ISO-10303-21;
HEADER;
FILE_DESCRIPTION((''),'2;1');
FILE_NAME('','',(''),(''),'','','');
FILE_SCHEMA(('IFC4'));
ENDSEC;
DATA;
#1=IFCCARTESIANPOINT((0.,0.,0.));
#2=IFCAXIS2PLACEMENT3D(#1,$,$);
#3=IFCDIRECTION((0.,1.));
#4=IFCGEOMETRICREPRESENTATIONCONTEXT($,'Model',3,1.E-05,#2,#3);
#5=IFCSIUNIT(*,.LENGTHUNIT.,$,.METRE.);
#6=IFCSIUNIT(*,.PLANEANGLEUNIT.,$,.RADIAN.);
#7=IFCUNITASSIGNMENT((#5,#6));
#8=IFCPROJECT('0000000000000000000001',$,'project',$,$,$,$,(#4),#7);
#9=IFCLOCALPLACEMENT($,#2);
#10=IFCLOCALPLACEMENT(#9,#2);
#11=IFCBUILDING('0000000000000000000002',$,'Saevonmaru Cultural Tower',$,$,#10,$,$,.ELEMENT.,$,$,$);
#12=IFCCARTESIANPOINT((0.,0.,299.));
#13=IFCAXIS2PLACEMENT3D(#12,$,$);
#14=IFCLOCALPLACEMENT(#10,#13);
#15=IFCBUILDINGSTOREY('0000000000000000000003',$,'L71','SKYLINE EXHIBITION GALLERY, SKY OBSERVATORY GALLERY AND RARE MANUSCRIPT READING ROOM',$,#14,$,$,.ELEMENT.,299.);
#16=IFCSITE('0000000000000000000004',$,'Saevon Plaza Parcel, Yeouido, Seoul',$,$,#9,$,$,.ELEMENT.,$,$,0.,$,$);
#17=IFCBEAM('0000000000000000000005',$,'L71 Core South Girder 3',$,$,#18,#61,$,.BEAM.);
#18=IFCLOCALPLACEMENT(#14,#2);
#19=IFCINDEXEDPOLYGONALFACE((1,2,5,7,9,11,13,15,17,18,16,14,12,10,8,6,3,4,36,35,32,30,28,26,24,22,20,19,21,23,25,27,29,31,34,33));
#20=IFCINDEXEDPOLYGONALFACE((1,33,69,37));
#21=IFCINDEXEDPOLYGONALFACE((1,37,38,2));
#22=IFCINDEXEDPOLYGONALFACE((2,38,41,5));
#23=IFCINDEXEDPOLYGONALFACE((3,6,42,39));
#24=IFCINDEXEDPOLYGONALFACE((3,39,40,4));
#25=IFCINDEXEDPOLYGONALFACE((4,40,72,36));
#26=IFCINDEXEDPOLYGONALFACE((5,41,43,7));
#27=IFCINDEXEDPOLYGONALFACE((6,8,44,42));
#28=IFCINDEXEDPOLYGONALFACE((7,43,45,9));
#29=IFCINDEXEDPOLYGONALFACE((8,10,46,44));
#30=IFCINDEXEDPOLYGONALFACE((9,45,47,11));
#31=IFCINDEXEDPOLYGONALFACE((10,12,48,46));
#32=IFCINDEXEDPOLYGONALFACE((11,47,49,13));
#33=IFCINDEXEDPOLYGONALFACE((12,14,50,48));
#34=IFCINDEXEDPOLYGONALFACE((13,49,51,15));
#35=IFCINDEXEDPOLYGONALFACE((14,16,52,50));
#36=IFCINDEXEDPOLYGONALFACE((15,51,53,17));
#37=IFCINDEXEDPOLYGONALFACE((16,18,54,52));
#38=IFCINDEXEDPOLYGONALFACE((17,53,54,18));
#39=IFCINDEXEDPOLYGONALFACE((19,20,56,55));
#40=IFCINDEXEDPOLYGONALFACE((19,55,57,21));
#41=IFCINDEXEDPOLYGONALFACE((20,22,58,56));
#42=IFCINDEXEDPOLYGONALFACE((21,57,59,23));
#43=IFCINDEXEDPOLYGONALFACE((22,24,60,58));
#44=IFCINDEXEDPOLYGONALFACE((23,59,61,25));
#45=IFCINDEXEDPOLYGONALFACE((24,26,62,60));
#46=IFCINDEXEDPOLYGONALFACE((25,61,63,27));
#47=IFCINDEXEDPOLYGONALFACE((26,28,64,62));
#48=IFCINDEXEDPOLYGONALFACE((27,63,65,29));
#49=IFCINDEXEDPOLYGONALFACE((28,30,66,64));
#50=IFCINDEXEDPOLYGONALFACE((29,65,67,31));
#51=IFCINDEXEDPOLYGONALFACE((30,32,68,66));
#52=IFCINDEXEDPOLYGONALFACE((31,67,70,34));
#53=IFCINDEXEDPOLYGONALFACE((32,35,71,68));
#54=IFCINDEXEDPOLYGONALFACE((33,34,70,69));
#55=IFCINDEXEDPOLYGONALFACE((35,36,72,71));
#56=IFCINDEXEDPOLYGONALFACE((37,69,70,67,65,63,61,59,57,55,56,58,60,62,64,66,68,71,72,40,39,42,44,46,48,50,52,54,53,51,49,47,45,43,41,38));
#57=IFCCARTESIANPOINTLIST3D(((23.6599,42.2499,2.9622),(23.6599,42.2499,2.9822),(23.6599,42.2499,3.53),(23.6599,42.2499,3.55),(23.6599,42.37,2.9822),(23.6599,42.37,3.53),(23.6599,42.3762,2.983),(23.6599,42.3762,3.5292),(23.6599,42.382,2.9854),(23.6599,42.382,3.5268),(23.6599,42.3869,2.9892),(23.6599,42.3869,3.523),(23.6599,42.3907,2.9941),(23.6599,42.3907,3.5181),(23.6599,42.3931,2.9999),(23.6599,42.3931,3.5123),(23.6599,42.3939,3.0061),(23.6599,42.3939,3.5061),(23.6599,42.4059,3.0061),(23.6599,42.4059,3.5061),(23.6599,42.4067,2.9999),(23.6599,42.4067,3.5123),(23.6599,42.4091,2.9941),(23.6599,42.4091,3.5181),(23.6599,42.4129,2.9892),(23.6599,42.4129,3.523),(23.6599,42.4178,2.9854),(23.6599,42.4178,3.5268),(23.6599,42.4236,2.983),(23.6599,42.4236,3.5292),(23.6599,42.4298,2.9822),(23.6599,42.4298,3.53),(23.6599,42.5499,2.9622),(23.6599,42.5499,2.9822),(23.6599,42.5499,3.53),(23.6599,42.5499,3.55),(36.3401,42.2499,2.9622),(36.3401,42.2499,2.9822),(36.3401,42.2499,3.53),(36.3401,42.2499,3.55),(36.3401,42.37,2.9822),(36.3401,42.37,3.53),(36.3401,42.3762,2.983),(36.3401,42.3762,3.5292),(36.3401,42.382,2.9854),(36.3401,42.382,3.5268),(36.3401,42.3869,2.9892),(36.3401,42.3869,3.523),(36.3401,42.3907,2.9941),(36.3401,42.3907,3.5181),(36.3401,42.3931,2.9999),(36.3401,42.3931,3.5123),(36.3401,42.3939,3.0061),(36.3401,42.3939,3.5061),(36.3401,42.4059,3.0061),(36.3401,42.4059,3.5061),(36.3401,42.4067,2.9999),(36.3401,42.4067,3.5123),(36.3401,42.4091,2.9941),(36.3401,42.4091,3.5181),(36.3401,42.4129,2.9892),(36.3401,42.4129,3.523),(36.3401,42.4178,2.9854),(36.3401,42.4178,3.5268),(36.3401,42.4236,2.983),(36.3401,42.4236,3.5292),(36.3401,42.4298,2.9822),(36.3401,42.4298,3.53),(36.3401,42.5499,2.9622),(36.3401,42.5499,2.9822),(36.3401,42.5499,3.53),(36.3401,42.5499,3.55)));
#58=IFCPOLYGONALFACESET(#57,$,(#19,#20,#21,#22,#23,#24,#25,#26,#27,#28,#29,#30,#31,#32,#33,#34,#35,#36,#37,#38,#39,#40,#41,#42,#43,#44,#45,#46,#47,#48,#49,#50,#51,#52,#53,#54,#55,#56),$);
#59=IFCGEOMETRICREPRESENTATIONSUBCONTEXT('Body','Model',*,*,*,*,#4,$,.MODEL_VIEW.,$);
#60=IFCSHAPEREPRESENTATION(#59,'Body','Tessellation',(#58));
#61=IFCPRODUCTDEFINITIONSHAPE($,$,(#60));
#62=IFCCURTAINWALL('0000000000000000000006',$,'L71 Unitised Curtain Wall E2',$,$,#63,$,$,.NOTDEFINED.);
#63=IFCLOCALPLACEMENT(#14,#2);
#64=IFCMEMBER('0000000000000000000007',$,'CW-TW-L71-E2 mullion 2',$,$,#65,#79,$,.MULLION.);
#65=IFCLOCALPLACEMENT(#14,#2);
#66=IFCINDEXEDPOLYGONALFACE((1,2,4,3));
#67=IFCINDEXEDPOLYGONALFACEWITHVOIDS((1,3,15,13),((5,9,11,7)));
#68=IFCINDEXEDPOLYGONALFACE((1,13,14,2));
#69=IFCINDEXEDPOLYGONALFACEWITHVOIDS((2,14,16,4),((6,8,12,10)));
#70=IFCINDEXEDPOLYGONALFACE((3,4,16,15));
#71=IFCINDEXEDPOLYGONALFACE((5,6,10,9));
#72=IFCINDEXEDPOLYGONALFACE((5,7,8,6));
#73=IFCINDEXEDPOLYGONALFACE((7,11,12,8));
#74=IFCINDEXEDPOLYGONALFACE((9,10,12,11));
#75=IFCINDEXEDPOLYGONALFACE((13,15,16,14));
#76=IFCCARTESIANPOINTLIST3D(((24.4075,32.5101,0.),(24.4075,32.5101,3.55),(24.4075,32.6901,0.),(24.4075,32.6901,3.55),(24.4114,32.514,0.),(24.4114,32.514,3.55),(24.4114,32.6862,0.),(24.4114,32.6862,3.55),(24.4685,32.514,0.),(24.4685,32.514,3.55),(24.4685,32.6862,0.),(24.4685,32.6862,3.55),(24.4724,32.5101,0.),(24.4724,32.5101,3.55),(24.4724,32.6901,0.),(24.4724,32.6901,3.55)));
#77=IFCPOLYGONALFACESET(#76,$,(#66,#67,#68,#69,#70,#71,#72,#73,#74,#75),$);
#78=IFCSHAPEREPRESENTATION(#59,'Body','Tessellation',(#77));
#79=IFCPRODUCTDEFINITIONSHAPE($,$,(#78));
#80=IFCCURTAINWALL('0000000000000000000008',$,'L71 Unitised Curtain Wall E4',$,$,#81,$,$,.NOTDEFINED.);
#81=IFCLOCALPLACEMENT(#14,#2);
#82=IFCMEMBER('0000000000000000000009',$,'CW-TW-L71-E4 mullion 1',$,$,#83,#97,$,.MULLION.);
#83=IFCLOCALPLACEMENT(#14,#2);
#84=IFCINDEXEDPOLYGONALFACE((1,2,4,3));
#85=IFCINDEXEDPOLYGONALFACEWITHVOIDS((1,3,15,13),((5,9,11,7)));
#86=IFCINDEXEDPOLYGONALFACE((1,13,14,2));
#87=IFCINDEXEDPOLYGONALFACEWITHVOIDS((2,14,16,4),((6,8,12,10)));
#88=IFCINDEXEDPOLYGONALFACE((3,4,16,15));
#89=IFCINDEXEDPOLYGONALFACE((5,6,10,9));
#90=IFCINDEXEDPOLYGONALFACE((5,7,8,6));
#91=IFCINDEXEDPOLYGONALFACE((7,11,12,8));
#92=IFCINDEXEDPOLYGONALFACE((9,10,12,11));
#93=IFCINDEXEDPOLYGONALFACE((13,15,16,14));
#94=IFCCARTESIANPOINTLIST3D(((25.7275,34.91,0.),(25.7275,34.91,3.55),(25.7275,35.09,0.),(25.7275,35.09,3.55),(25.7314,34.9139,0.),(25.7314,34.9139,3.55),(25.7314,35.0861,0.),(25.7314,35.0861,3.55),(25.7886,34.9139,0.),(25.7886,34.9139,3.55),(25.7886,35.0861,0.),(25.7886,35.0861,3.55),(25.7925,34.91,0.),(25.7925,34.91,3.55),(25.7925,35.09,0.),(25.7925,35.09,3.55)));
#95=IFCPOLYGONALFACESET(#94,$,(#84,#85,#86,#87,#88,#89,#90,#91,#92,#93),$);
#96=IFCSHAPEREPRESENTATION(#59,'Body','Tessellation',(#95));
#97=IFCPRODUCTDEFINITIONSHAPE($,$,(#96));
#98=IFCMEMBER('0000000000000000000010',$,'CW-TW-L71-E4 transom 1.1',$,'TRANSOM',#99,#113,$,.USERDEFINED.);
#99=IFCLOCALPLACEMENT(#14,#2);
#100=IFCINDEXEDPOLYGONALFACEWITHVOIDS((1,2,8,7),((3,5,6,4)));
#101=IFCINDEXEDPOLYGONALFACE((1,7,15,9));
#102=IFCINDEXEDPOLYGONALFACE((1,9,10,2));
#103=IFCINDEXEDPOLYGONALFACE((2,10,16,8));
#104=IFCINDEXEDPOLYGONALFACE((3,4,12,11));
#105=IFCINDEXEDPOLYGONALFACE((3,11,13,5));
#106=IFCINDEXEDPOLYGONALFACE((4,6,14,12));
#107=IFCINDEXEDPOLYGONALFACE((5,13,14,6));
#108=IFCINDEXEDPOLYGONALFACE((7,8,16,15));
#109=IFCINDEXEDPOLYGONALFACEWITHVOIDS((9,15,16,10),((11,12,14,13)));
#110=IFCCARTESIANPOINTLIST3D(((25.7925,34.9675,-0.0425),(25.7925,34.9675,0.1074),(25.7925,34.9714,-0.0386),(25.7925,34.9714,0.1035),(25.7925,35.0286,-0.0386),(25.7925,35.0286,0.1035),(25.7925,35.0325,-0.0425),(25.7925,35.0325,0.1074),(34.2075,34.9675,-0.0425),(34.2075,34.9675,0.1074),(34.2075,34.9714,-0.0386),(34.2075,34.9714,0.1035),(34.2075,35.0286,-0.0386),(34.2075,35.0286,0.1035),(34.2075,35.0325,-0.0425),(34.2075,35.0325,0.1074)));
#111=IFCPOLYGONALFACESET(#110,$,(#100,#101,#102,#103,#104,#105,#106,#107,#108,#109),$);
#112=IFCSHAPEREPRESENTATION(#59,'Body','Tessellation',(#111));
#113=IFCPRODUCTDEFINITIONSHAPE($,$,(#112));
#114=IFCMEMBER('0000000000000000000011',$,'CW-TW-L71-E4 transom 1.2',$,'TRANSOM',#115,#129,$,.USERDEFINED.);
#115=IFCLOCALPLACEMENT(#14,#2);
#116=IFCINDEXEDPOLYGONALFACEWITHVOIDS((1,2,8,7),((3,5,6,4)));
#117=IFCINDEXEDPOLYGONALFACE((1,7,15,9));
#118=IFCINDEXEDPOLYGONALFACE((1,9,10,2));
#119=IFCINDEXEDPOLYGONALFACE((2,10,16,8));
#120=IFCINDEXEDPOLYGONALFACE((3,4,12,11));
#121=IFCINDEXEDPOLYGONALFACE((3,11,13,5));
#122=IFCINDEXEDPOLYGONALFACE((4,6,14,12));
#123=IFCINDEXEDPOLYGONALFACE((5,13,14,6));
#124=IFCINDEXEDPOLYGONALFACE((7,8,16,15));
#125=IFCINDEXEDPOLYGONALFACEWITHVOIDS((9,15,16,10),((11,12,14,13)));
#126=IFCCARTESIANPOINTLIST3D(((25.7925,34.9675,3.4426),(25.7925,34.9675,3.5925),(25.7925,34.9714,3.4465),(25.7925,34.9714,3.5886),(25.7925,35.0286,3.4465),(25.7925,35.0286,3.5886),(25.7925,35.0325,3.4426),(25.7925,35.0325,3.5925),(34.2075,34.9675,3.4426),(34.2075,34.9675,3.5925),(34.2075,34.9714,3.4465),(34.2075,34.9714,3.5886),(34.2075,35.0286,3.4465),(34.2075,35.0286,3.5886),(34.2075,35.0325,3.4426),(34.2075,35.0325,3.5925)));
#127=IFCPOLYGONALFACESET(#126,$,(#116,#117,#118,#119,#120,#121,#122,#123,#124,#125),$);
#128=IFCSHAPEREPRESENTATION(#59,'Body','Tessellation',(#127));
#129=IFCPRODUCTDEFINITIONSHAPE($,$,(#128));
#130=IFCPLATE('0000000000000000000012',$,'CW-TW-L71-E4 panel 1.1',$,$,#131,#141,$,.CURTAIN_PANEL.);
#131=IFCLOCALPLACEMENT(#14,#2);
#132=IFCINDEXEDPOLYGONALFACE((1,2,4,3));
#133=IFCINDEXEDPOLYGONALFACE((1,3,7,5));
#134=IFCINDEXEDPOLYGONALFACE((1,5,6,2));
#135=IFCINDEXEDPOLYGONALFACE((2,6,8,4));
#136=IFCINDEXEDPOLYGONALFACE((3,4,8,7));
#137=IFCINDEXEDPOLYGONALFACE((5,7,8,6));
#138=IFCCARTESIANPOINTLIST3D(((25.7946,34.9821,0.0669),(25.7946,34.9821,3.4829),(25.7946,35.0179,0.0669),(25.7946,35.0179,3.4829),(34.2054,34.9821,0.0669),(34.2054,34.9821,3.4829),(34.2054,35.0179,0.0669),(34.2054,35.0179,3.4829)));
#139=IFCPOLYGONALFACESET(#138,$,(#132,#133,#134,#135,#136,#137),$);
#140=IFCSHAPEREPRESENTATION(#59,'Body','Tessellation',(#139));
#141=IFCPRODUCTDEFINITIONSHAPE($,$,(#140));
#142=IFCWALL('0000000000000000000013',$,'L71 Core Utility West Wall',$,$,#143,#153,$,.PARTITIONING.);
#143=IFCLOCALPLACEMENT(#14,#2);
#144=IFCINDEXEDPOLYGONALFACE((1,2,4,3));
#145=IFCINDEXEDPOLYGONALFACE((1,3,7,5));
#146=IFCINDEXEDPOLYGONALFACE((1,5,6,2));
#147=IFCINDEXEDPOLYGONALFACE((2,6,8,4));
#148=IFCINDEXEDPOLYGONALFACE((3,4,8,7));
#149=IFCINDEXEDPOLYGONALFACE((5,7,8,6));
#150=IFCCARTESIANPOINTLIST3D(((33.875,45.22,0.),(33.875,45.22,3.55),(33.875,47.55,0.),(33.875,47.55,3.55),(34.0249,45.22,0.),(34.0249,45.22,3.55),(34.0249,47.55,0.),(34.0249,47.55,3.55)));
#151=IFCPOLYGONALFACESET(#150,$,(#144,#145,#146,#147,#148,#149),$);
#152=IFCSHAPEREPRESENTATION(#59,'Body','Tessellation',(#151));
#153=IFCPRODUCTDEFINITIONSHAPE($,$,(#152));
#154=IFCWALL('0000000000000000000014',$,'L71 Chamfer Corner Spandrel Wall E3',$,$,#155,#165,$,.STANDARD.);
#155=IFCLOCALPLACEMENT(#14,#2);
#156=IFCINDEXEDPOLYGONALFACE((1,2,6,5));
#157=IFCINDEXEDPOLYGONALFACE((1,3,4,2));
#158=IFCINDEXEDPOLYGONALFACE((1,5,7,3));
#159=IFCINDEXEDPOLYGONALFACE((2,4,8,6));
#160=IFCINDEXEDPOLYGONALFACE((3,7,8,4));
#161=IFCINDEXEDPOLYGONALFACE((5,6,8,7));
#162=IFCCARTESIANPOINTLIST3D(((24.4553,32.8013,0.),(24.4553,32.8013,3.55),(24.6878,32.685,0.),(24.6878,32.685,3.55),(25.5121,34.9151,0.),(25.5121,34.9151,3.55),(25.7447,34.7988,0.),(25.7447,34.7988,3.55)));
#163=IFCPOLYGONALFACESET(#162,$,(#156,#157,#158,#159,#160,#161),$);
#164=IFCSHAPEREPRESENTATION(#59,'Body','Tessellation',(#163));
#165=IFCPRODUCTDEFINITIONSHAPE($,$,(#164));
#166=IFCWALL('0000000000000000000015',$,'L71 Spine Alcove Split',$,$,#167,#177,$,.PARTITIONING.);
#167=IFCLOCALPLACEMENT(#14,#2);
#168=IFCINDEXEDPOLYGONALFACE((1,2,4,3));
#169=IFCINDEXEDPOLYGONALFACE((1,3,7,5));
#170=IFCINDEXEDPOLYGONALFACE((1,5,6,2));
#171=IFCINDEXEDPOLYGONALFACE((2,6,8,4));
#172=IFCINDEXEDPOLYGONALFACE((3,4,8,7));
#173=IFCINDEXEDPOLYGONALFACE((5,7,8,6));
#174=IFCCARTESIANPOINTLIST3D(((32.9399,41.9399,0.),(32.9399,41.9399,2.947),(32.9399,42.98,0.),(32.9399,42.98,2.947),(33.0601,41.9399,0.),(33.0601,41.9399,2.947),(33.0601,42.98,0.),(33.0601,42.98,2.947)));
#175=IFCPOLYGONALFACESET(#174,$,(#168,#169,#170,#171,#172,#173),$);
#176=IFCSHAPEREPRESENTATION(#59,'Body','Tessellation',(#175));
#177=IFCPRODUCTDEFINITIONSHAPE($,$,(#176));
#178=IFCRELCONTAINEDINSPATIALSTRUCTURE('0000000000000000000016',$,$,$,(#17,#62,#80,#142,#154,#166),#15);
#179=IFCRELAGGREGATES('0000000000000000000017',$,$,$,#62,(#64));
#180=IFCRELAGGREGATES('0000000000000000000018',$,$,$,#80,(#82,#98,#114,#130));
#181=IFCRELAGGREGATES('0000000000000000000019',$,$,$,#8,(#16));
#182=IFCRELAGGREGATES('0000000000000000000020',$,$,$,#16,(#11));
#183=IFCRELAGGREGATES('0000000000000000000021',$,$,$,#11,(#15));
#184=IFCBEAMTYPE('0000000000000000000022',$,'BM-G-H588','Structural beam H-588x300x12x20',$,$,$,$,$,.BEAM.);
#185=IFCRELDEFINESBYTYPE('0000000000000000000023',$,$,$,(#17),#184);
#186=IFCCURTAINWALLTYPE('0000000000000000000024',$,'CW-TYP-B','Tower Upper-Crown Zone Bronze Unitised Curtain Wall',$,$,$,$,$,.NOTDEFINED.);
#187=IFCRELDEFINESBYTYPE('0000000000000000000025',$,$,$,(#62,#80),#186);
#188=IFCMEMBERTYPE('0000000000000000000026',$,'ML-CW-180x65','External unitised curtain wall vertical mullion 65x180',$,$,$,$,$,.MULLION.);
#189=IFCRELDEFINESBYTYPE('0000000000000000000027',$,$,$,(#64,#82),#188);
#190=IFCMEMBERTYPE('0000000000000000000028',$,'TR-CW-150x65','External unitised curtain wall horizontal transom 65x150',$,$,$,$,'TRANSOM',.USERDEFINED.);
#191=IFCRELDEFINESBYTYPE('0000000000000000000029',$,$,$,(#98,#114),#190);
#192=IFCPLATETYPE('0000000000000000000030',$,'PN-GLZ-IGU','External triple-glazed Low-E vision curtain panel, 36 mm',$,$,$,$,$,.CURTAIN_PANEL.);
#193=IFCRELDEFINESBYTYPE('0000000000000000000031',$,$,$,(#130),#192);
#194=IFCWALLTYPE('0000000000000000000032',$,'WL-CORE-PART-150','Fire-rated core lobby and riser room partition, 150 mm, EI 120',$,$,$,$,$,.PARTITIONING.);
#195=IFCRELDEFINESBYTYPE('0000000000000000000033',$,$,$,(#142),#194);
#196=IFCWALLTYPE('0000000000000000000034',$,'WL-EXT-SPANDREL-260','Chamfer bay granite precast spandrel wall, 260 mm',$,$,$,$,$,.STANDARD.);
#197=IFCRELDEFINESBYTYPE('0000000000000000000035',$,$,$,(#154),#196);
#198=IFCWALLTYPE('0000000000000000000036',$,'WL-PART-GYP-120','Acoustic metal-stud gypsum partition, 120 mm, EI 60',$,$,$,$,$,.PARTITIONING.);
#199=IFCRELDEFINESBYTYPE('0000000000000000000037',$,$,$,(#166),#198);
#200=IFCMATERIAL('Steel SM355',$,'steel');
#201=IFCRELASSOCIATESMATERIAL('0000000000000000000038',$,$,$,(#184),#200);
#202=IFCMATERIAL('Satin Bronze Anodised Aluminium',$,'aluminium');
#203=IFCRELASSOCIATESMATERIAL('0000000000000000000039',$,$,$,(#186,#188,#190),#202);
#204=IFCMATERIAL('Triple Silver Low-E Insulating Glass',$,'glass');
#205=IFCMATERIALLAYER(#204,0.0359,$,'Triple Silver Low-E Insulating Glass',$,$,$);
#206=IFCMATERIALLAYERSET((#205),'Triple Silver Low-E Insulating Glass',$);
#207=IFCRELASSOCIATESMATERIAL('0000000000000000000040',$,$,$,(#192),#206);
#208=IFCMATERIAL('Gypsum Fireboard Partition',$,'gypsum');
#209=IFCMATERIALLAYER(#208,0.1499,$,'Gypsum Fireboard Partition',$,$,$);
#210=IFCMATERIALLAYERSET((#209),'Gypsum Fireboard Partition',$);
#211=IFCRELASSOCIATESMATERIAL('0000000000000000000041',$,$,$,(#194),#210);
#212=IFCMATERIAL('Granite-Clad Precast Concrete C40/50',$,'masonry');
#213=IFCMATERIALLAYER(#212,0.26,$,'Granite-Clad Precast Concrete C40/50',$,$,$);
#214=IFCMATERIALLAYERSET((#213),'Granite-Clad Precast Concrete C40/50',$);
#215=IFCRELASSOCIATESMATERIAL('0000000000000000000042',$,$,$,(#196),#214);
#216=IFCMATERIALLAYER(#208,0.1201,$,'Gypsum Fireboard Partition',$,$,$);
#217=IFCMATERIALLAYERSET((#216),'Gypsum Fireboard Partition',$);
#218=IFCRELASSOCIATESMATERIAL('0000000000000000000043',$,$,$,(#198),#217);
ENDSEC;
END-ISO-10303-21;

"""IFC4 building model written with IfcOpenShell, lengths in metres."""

from ifc_helpers import new_model, si_unit, direction, frame, frame_2d, origin, origin_2d, place, context, subcontext, project, spatial, rectangle, hollow_rectangle, i_section, extrude, material, layer, layer_set, material_profile, profile_set, type_object, element, aggregate, save


model = new_model("IFC4")

# Units and contexts
model_context = context("Model", 3, precision=1e-05, world=origin(), true_north=direction((0.0, 1.0)))
body_context = subcontext(model_context, "Body", "Model", "MODEL_VIEW")
ifc_project = project(units=[si_unit("LENGTHUNIT", "METRE"), si_unit("PLANEANGLEUNIT", "RADIAN")], contexts=[model_context])

# Site, building, storey
site_placement = place(None, origin())
site = spatial("IfcSite", under=ifc_project, at=site_placement, Name="Saevon Plaza Parcel, Yeouido, Seoul", CompositionType="ELEMENT", RefElevation=0.0)
building_placement = place(site_placement, origin())
building = spatial("IfcBuilding", under=site, at=building_placement, Name="Saevonmaru Cultural Tower", CompositionType="ELEMENT")
storey_placement = place(building_placement, frame((0.0, 0.0, 299.0)))
storey = spatial("IfcBuildingStorey", under=building, at=storey_placement, Name="L71", Description="SKYLINE EXHIBITION GALLERY, SKY OBSERVATORY GALLERY AND RARE MANUSCRIPT READING ROOM", CompositionType="ELEMENT", Elevation=299.0)

# Beam
ifc_material_1 = material(Name="Steel SM355", Category="steel")
ifc_material_profile_1 = material_profile(ifc_material_1, i_section(OverallWidth=0.3, OverallDepth=0.5879, WebThickness=0.012, FlangeThickness=0.02, FilletRadius=0.0239, at=origin_2d()), Name="H-588x300x12x20")
ifc_profile_set_1 = profile_set([ifc_material_profile_1], Name="Steel SM355")
beam_type = type_object("IfcBeamType", Name="BM-G-H588", Description="Structural beam H-588x300x12x20", PredefinedType="BEAM", material=ifc_profile_set_1)
beam_placement = place(storey_placement, frame((23.6599, 42.3999, 3.2561), z_axis=(1.0, 0.0, 0.0), x_axis=(0.0, 1.0, 0.0)))
element("IfcBeam", 1, at=beam_placement, inside=storey, type_object=beam_type, Name="L71 Core South Girder 3", PredefinedType="BEAM", context=body_context, shape_type="SweptSolid", body=[
    extrude(i_section(OverallWidth=0.3, OverallDepth=0.5879, WebThickness=0.012, FlangeThickness=0.02, FilletRadius=0.0239, at=origin_2d()), origin(), (0.0, 0.0, 1.0), 12.6802),
])

# Curtain wall, member
ifc_material_2 = material(Name="Satin Bronze Anodised Aluminium", Category="aluminium")
curtain_wall_type = type_object("IfcCurtainWallType", Name="CW-TYP-B", Description="Tower Upper-Crown Zone Bronze Unitised Curtain Wall", PredefinedType="NOTDEFINED", material=ifc_material_2)
curtain_wall_1_placement = place(storey_placement, origin())
curtain_wall_1 = element("IfcCurtainWall", 2, at=curtain_wall_1_placement, inside=storey, type_object=curtain_wall_type, Name="L71 Unitised Curtain Wall E2", PredefinedType="NOTDEFINED")
ifc_material_profile_2 = material_profile(ifc_material_2, hollow_rectangle(XDim=0.0649, YDim=0.1799, WallThickness=0.0039, at=origin_2d()), Name="ALU-MULL-180x65x4")
ifc_profile_set_2 = profile_set([ifc_material_profile_2], Name="Satin Bronze Anodised Aluminium")
member_type_1 = type_object("IfcMemberType", Name="ML-CW-180x65", Description="External unitised curtain wall vertical mullion 65x180", PredefinedType="MULLION", material=ifc_profile_set_2)
member_1_placement = place(storey_placement, frame((24.4399, 32.6001, 0.0), z_axis=(0.0, 0.0, 1.0), x_axis=(1.0, 0.0, 0.0)))
member_1 = element("IfcMember", 3, at=member_1_placement, type_object=member_type_1, Name="CW-TW-L71-E2 mullion 2", PredefinedType="MULLION", context=body_context, shape_type="SweptSolid", body=[
    extrude(hollow_rectangle(XDim=0.0649, YDim=0.1799, WallThickness=0.0039, at=origin_2d()), origin(), (0.0, 0.0, 1.0), 3.55),
])
aggregate(curtain_wall_1, [member_1])

# Curtain wall, members, plate
curtain_wall_2_placement = place(storey_placement, origin())
curtain_wall_2 = element("IfcCurtainWall", 4, at=curtain_wall_2_placement, inside=storey, type_object=curtain_wall_type, Name="L71 Unitised Curtain Wall E4", PredefinedType="NOTDEFINED")
member_2_placement = place(storey_placement, frame((25.76, 35.0, 0.0), z_axis=(0.0, 0.0, 1.0), x_axis=(1.0, 0.0, 0.0)))
member_2 = element("IfcMember", 5, at=member_2_placement, type_object=member_type_1, Name="CW-TW-L71-E4 mullion 1", PredefinedType="MULLION", context=body_context, shape_type="SweptSolid", body=[
    extrude(hollow_rectangle(XDim=0.0649, YDim=0.1799, WallThickness=0.0039, at=origin_2d()), origin(), (0.0, 0.0, 1.0), 3.55),
])
ifc_material_profile_3 = material_profile(ifc_material_2, hollow_rectangle(XDim=0.0649, YDim=0.1499, WallThickness=0.0039, at=origin_2d()), Name="ALU-TRAN-150x65x4")
ifc_profile_set_3 = profile_set([ifc_material_profile_3], Name="Satin Bronze Anodised Aluminium")
member_type_2 = type_object("IfcMemberType", Name="TR-CW-150x65", Description="External unitised curtain wall horizontal transom 65x150", ElementType="TRANSOM", PredefinedType="USERDEFINED", material=ifc_profile_set_3)
member_3_placement = place(storey_placement, frame((25.7925, 35.0, 0.0325), z_axis=(1.0, 0.0, 0.0), x_axis=(0.0, 1.0, 0.0)))
member_3 = element("IfcMember", 6, at=member_3_placement, type_object=member_type_2, Name="CW-TW-L71-E4 transom 1.1", ObjectType="TRANSOM", PredefinedType="USERDEFINED", context=body_context, shape_type="SweptSolid", body=[
    extrude(hollow_rectangle(XDim=0.0649, YDim=0.1499, WallThickness=0.0039, at=origin_2d()), origin(), (0.0, 0.0, 1.0), 8.415),
])
member_4_placement = place(storey_placement, frame((25.7925, 35.0, 3.5176), z_axis=(1.0, 0.0, 0.0), x_axis=(0.0, 1.0, 0.0)))
member_4 = element("IfcMember", 7, at=member_4_placement, type_object=member_type_2, Name="CW-TW-L71-E4 transom 1.2", ObjectType="TRANSOM", PredefinedType="USERDEFINED", context=body_context, shape_type="SweptSolid", body=[
    extrude(hollow_rectangle(XDim=0.0649, YDim=0.1499, WallThickness=0.0039, at=origin_2d()), origin(), (0.0, 0.0, 1.0), 8.415),
])
ifc_material_3 = material(Name="Triple Silver Low-E Insulating Glass", Category="glass")
ifc_layer_1 = layer(ifc_material_3, 0.0359, Name="Triple Silver Low-E Insulating Glass")
ifc_layer_set_1 = layer_set([ifc_layer_1], Name="Triple Silver Low-E Insulating Glass")
plate_type = type_object("IfcPlateType", Name="PN-GLZ-IGU", Description="External triple-glazed Low-E vision curtain panel, 36 mm", PredefinedType="CURTAIN_PANEL", material=ifc_layer_set_1)
plate_placement = place(storey_placement, frame((30.0, 35.0, 0.0669), z_axis=(0.0, 0.0, 1.0), x_axis=(1.0, 0.0, 0.0)))
plate = element("IfcPlate", 8, at=plate_placement, type_object=plate_type, Name="CW-TW-L71-E4 panel 1.1", PredefinedType="CURTAIN_PANEL", context=body_context, shape_type="SweptSolid", body=[
    extrude(rectangle(XDim=8.4109, YDim=0.0359, at=origin_2d()), origin(), (0.0, 0.0, 1.0), 3.416),
])
aggregate(curtain_wall_2, [member_2, member_3, member_4, plate])

# Shared definitions
ifc_material_4 = material(Name="Gypsum Fireboard Partition", Category="gypsum")
ifc_layer_2 = layer(ifc_material_4, 0.1499, Name="Gypsum Fireboard Partition")
ifc_layer_set_2 = layer_set([ifc_layer_2], Name="Gypsum Fireboard Partition")
wall_type_1 = type_object("IfcWallType", Name="WL-CORE-PART-150", Description="Fire-rated core lobby and riser room partition, 150 mm, EI 120", PredefinedType="PARTITIONING", material=ifc_layer_set_2)

# Walls
wall_1_placement = place(storey_placement, frame((33.95, 45.22, 0.0), z_axis=(0.0, 0.0, 1.0), x_axis=(0.0, 1.0, 0.0)))
element("IfcWall", 9, at=wall_1_placement, inside=storey, type_object=wall_type_1, Name="L71 Core Utility West Wall", PredefinedType="PARTITIONING", context=body_context, shape_type="SweptSolid", body=[
    extrude(rectangle(XDim=2.3301, YDim=0.1499, at=frame_2d((1.165, 0.0))), origin(), (0.0, 0.0, 1.0), 3.55),
])
ifc_material_5 = material(Name="Granite-Clad Precast Concrete C40/50", Category="masonry")
ifc_layer_3 = layer(ifc_material_5, 0.26, Name="Granite-Clad Precast Concrete C40/50")
ifc_layer_set_3 = layer_set([ifc_layer_3], Name="Granite-Clad Precast Concrete C40/50")
wall_type_2 = type_object("IfcWallType", Name="WL-EXT-SPANDREL-260", Description="Chamfer bay granite precast spandrel wall, 260 mm", PredefinedType="STANDARD", material=ifc_layer_set_3)
wall_2_placement = place(storey_placement, frame((24.5715, 32.7432, 0.0), z_axis=(0.0, 0.0, 1.0), x_axis=(0.447214, 0.894427, 0.0)))
element("IfcWall", 10, at=wall_2_placement, inside=storey, type_object=wall_type_2, Name="L71 Chamfer Corner Spandrel Wall E3", PredefinedType="STANDARD", context=body_context, shape_type="SweptSolid", body=[
    extrude(rectangle(XDim=2.3633, YDim=0.26, at=frame_2d((1.1816, 0.0))), origin(), (0.0, 0.0, 1.0), 3.55),
])
ifc_layer_4 = layer(ifc_material_4, 0.1201, Name="Gypsum Fireboard Partition")
ifc_layer_set_4 = layer_set([ifc_layer_4], Name="Gypsum Fireboard Partition")
wall_type_3 = type_object("IfcWallType", Name="WL-PART-GYP-120", Description="Acoustic metal-stud gypsum partition, 120 mm, EI 60", PredefinedType="PARTITIONING", material=ifc_layer_set_4)
wall_3_placement = place(storey_placement, frame((33.0, 41.9399, 0.0), z_axis=(0.0, 0.0, 1.0), x_axis=(0.0, 1.0, 0.0)))
element("IfcWall", 11, at=wall_3_placement, inside=storey, type_object=wall_type_3, Name="L71 Spine Alcove Split", PredefinedType="PARTITIONING", context=body_context, shape_type="SweptSolid", body=[
    extrude(rectangle(XDim=1.04, YDim=0.1201, at=frame_2d((0.52, 0.0))), origin(), (0.0, 0.0, 1.0), 2.947),
])

save(model, "model.ifc")
